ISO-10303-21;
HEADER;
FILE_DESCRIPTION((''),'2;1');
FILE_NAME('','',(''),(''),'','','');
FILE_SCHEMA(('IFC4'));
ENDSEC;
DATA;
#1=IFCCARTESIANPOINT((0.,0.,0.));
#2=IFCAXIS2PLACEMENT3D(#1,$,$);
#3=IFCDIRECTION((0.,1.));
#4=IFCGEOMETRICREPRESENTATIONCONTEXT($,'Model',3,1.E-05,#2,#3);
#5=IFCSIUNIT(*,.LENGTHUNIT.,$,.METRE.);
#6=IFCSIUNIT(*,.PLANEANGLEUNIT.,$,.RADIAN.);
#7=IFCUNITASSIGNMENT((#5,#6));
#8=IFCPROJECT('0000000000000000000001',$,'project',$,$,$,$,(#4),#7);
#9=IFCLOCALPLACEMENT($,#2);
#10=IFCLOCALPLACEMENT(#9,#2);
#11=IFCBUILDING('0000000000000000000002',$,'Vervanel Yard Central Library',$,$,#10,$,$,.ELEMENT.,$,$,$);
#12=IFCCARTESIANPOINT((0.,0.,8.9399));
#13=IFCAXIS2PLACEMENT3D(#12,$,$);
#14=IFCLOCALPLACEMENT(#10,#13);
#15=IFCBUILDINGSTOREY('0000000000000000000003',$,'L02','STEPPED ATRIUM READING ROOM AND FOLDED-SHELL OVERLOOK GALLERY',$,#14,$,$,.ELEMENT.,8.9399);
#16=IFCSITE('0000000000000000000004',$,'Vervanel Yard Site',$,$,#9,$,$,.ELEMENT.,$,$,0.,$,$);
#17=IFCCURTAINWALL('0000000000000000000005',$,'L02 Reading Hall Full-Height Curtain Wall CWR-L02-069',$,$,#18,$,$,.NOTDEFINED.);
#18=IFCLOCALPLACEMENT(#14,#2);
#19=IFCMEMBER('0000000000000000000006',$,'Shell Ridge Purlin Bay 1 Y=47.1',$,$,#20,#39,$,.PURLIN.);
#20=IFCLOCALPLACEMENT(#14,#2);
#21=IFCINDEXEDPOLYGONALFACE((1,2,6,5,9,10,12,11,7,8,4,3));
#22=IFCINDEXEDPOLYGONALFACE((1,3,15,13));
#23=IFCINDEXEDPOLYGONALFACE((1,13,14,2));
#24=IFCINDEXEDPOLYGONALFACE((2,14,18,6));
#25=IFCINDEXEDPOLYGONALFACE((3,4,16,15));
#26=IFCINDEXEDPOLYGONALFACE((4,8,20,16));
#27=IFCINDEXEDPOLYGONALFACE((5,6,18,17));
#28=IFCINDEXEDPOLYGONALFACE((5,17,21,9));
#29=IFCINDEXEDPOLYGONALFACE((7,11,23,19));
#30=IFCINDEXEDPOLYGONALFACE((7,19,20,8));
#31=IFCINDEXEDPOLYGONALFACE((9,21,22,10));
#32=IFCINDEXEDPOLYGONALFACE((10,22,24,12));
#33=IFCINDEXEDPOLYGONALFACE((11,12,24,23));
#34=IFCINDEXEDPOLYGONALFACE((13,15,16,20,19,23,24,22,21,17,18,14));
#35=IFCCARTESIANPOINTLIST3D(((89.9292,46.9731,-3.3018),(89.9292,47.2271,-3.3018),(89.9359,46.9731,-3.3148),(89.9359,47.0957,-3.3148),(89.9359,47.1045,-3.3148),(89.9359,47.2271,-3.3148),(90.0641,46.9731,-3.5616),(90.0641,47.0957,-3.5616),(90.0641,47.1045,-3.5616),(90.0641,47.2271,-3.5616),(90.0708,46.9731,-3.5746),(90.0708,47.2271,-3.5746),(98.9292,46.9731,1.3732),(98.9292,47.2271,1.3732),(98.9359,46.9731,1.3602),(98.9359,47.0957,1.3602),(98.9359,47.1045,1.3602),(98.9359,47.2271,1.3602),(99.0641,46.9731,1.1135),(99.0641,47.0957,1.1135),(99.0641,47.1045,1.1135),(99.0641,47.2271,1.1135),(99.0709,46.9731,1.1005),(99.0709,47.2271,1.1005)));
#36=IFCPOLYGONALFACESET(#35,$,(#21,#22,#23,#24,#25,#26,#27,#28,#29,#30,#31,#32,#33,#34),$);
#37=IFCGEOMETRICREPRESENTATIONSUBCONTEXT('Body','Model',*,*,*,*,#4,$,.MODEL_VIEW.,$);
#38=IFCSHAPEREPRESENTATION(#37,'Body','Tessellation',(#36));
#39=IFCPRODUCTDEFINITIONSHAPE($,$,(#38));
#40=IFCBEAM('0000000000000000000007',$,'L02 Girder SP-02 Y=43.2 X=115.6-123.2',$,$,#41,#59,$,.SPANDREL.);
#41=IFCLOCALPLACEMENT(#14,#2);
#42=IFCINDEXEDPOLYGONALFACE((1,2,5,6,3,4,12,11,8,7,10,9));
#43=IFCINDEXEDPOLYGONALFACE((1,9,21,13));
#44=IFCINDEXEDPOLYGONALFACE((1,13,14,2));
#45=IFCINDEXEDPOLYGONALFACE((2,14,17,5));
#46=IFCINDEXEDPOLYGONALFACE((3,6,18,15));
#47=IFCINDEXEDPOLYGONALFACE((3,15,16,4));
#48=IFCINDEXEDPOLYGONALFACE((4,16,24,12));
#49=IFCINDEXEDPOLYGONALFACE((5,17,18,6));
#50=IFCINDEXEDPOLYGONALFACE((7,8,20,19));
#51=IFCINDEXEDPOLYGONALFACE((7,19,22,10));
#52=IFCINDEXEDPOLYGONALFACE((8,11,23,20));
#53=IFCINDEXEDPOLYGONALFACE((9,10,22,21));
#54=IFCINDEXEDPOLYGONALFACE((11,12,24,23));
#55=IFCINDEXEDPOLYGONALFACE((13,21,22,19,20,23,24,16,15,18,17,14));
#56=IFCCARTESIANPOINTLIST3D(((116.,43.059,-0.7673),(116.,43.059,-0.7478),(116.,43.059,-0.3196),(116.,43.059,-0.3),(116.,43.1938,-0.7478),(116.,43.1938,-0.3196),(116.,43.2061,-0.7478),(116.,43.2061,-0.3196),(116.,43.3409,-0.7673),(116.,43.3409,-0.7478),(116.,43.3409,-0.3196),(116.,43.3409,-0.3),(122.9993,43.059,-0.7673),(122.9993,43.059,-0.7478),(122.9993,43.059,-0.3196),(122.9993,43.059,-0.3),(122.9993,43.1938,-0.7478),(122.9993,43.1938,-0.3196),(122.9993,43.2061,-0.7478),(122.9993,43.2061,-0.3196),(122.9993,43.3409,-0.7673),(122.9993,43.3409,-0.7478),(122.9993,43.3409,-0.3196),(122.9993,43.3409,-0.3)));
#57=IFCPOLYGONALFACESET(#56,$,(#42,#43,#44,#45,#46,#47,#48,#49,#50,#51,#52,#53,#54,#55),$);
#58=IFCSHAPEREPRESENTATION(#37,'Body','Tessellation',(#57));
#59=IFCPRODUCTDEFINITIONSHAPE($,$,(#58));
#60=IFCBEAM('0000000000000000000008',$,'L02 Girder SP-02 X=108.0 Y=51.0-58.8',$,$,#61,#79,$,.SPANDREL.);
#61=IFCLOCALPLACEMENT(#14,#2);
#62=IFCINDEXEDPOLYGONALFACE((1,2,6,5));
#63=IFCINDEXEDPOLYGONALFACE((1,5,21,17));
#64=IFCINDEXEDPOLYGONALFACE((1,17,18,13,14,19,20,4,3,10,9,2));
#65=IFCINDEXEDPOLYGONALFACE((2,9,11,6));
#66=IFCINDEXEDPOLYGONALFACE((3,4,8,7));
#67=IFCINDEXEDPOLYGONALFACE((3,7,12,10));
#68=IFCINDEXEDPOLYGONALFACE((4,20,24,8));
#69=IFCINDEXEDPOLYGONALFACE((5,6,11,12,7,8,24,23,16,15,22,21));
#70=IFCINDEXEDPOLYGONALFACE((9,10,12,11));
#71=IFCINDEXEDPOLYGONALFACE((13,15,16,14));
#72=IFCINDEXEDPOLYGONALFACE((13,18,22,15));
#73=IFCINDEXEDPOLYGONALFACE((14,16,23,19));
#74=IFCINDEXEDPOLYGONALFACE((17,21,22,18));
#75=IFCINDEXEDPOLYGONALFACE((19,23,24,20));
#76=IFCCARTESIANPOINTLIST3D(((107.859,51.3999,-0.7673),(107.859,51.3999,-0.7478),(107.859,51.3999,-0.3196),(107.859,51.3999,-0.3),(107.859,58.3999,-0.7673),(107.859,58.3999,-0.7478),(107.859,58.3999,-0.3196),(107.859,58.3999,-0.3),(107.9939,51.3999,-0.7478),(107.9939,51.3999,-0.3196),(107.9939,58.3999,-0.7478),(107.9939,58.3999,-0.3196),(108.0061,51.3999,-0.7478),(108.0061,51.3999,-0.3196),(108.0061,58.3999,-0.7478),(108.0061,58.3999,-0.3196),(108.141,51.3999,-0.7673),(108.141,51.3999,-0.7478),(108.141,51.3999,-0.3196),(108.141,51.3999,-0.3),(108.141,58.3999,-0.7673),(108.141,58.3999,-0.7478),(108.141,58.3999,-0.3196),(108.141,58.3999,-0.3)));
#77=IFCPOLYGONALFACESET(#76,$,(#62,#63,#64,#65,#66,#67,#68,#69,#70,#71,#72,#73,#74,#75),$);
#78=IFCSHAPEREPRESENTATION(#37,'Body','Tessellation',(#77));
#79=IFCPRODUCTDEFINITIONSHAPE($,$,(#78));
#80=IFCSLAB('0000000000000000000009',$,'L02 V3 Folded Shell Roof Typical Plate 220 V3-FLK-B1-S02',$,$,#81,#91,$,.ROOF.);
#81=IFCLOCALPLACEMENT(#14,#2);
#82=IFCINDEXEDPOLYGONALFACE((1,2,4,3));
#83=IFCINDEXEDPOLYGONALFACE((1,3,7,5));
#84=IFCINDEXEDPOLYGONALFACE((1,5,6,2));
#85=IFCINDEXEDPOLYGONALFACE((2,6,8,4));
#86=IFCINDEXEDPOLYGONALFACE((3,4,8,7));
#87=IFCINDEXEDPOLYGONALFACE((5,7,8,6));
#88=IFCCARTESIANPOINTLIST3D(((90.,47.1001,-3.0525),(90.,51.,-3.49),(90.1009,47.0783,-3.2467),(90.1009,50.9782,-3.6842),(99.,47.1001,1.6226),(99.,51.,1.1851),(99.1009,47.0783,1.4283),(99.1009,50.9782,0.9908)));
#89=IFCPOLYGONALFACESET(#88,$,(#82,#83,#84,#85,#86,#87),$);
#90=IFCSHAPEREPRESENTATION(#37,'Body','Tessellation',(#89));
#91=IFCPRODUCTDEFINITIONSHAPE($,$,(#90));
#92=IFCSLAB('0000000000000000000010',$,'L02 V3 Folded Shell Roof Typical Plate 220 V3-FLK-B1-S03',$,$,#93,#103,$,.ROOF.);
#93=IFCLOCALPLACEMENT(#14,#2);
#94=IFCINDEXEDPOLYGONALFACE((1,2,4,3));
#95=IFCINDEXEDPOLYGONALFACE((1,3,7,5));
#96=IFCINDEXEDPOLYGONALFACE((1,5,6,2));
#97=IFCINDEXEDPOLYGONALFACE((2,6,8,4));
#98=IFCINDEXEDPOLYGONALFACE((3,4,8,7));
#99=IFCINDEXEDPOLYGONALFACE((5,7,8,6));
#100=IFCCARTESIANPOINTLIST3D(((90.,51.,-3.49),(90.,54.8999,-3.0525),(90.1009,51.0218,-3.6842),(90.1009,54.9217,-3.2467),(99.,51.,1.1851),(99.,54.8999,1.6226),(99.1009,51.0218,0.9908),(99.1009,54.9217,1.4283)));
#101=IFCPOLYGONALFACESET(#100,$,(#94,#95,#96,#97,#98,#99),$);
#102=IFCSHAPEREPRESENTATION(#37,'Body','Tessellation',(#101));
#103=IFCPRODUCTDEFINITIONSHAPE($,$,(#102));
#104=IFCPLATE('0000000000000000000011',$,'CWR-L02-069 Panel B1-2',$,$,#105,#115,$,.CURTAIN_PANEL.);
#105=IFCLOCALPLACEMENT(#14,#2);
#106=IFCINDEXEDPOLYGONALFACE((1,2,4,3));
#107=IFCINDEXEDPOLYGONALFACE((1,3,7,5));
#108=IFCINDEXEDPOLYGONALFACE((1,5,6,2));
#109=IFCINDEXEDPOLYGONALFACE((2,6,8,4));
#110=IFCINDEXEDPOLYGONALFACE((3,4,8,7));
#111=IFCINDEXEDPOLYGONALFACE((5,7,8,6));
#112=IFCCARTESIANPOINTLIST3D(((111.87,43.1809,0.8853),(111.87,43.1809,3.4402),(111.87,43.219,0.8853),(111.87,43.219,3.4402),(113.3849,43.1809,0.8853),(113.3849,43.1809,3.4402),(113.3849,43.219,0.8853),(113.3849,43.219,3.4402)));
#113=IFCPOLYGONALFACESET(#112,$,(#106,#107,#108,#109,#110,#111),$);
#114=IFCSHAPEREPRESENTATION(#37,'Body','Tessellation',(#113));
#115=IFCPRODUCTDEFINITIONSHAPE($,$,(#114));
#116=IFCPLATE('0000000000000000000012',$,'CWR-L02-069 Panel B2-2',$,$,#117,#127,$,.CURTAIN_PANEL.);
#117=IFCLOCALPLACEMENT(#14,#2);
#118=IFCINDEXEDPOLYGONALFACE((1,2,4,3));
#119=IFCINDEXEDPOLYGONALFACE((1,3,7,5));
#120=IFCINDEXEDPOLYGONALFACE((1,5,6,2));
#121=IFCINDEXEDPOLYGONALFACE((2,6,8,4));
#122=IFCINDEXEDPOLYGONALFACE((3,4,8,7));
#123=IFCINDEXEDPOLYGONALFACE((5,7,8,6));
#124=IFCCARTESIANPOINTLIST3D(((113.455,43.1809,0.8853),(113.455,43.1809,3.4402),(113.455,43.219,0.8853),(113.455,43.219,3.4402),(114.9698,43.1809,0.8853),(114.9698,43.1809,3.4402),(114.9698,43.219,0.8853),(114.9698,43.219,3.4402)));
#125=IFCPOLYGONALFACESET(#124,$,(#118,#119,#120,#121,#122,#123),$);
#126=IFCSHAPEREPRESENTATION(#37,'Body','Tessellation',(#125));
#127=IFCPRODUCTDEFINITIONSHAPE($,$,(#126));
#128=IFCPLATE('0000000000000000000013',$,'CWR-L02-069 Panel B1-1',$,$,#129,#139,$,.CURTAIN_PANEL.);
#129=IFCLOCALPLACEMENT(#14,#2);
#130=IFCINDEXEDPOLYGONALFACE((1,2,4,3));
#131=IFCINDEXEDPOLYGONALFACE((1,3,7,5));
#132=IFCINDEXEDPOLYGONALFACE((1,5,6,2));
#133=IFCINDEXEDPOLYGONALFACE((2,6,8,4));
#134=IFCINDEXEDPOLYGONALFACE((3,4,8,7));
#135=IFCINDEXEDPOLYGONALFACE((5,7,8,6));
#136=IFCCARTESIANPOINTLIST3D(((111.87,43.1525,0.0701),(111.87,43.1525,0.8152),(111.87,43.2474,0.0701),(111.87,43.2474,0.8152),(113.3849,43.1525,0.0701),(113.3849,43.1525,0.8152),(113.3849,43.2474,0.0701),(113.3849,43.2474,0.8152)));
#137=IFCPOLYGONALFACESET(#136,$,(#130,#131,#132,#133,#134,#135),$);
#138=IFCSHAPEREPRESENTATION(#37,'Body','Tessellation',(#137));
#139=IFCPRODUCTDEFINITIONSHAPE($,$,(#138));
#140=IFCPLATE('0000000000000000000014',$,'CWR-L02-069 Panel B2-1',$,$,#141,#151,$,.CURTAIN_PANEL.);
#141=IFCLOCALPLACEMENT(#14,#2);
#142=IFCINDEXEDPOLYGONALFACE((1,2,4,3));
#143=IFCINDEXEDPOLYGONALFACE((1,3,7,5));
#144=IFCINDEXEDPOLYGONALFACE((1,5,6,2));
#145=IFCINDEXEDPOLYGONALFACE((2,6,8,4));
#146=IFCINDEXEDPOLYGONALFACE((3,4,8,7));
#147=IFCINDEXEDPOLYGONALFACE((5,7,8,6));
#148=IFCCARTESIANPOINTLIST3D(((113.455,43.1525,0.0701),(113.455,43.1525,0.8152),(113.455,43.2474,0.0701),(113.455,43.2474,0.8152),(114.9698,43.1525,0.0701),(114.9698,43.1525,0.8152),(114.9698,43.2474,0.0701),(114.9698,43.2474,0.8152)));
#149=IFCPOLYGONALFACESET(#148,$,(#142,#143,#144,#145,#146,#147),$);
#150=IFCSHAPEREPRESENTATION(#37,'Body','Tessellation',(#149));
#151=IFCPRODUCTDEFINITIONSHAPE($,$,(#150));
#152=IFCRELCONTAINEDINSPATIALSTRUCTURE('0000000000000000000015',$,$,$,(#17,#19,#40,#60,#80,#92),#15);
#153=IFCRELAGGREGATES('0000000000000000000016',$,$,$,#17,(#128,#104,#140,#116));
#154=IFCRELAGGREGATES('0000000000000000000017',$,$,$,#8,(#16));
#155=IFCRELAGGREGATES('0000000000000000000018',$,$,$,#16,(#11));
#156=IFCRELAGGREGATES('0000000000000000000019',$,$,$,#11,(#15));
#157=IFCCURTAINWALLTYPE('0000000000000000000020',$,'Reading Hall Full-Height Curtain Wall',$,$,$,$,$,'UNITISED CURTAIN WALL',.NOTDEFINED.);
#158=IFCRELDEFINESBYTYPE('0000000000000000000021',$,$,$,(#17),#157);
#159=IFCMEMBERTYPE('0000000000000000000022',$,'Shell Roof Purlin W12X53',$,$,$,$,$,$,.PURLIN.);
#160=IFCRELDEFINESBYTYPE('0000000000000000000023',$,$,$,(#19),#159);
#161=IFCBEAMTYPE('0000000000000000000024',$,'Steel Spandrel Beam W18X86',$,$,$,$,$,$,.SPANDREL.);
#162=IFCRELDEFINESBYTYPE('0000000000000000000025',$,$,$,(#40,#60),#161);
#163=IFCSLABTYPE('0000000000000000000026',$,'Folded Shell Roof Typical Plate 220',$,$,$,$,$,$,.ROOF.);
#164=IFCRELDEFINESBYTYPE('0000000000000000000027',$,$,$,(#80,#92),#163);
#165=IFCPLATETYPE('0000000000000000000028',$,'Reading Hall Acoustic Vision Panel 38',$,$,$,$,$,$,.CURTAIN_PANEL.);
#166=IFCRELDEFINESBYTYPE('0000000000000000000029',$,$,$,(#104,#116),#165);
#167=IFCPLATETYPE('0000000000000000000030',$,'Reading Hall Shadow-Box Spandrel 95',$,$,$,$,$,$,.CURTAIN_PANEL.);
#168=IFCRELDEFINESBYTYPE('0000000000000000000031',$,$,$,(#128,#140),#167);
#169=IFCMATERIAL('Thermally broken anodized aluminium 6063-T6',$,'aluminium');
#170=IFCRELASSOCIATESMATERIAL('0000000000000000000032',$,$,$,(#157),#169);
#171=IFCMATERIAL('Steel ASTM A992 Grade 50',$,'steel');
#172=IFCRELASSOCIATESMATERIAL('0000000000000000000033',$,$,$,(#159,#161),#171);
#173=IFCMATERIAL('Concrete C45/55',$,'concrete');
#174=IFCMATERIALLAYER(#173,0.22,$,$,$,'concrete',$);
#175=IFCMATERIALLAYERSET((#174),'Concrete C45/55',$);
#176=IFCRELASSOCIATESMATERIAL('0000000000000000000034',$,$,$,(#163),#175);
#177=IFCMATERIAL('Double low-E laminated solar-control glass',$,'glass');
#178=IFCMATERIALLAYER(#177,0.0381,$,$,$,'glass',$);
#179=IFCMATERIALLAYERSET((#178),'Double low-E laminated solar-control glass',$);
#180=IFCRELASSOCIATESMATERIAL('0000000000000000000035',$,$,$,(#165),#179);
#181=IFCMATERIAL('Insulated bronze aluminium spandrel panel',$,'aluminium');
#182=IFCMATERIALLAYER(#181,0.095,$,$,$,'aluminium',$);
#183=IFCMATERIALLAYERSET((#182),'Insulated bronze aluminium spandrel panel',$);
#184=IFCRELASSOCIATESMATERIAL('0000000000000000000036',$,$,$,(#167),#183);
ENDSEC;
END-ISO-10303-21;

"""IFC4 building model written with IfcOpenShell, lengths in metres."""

from ifc_helpers import new_model, si_unit, direction, frame, origin, origin_2d, place, context, subcontext, project, spatial, polyline, rectangle, i_section, outline, extrude, material, layer, layer_set, material_profile, profile_set, type_object, element, aggregate, save


model = new_model("IFC4")

# Units and contexts
model_context = context("Model", 3, precision=1e-05, world=origin(), true_north=direction((0.0, 1.0)))
body_context = subcontext(model_context, "Body", "Model", "MODEL_VIEW")
ifc_project = project(units=[si_unit("LENGTHUNIT", "METRE"), si_unit("PLANEANGLEUNIT", "RADIAN")], contexts=[model_context])

# Site, building, storey
site_placement = place(None, origin())
site = spatial("IfcSite", under=ifc_project, at=site_placement, Name="Vervanel Yard Site", CompositionType="ELEMENT", RefElevation=0.0)
building_placement = place(site_placement, origin())
building = spatial("IfcBuilding", under=site, at=building_placement, Name="Vervanel Yard Central Library", CompositionType="ELEMENT")
storey_placement = place(building_placement, frame((0.0, 0.0, 8.9399)))
storey = spatial("IfcBuildingStorey", under=building, at=storey_placement, Name="L02", Description="STEPPED ATRIUM READING ROOM AND FOLDED-SHELL OVERLOOK GALLERY", CompositionType="ELEMENT", Elevation=8.9399)

# Shared definitions
ifc_material_1 = material(Name="Concrete C45/55", Category="concrete")

# Shared definitions
ifc_material_2 = material(Name="Thermally broken anodized aluminium 6063-T6", Category="aluminium")
curtain_wall_type = type_object("IfcCurtainWallType", Name="Reading Hall Full-Height Curtain Wall", ElementType="UNITISED CURTAIN WALL", PredefinedType="NOTDEFINED", material=ifc_material_2)

# Curtain wall
curtain_wall_1_placement = place(storey_placement, origin())
curtain_wall_1 = element("IfcCurtainWall", 1, at=curtain_wall_1_placement, inside=storey, type_object=curtain_wall_type, Name="L02 Reading Hall Full-Height Curtain Wall CWR-L02-069", PredefinedType="NOTDEFINED")

# Member
ifc_material_3 = material(Name="Steel ASTM A992 Grade 50", Category="steel")
ifc_material_profile_1 = material_profile(ifc_material_3, i_section(OverallWidth=0.2539, OverallDepth=0.3074, WebThickness=0.0088, FlangeThickness=0.0146, at=origin_2d()), Name="W12X53", Category="steel")
ifc_profile_set_1 = profile_set([ifc_material_profile_1], Name="Steel ASTM A992 Grade 50")
member_type_1 = type_object("IfcMemberType", Name="Shell Roof Purlin W12X53", PredefinedType="PURLIN", material=ifc_profile_set_1)
member_1_placement = place(storey_placement, frame((90.0, 47.1001, -3.4382), z_axis=(0.887417, 0.0, 0.460968), x_axis=(0.0, 1.0, 0.0)))
element("IfcMember", 2, at=member_1_placement, inside=storey, type_object=member_type_1, Name="Shell Ridge Purlin Bay 1 Y=47.1", PredefinedType="PURLIN", context=body_context, shape_type="SweptSolid", body=[
    extrude(i_section(OverallWidth=0.2539, OverallDepth=0.3074, WebThickness=0.0088, FlangeThickness=0.0146, at=origin_2d()), origin(), (0.0, 0.0, 1.0), 10.1418),
])

# Beams
ifc_material_profile_2 = material_profile(ifc_material_3, i_section(OverallWidth=0.282, OverallDepth=0.4673, WebThickness=0.0122, FlangeThickness=0.0195, at=origin_2d()), Name="W18X86", Category="steel")
ifc_profile_set_2 = profile_set([ifc_material_profile_2], Name="Steel ASTM A992 Grade 50")
beam_type_1 = type_object("IfcBeamType", Name="Steel Spandrel Beam W18X86", PredefinedType="SPANDREL", material=ifc_profile_set_2)
beam_1_placement = place(storey_placement, frame((116.0, 43.2, -0.5337), z_axis=(1.0, 0.0, 0.0), x_axis=(0.0, 1.0, 0.0)))
element("IfcBeam", 3, at=beam_1_placement, inside=storey, type_object=beam_type_1, Name="L02 Girder SP-02 Y=43.2 X=115.6-123.2", PredefinedType="SPANDREL", context=body_context, shape_type="SweptSolid", body=[
    extrude(i_section(OverallWidth=0.282, OverallDepth=0.4673, WebThickness=0.0122, FlangeThickness=0.0195, at=origin_2d()), origin(), (0.0, 0.0, 1.0), 6.9993),
])
beam_2_placement = place(storey_placement, frame((108.0, 51.3999, -0.5337), z_axis=(0.0, 1.0, 0.0), x_axis=(-1.0, 0.0, 0.0)))
element("IfcBeam", 4, at=beam_2_placement, inside=storey, type_object=beam_type_1, Name="L02 Girder SP-02 X=108.0 Y=51.0-58.8", PredefinedType="SPANDREL", context=body_context, shape_type="SweptSolid", body=[
    extrude(i_section(OverallWidth=0.282, OverallDepth=0.4673, WebThickness=0.0122, FlangeThickness=0.0195, at=origin_2d()), origin(), (0.0, 0.0, 1.0), 7.0),
])

# Slabs
ifc_layer_1 = layer(ifc_material_1, 0.22, Category="concrete")
ifc_layer_set_1 = layer_set([ifc_layer_1], Name="Concrete C45/55")
slab_type = type_object("IfcSlabType", Name="Folded Shell Roof Typical Plate 220", PredefinedType="ROOF", material=ifc_layer_set_1)
slab_1_placement = place(storey_placement, frame((90.0, 47.1001, -3.0525), z_axis=(-0.458701, 0.099063, 0.883052), x_axis=(0.887417, 0.0, 0.460968)))
element("IfcSlab", 5, at=slab_1_placement, inside=storey, type_object=slab_type, Name="L02 V3 Folded Shell Roof Typical Plate 220 V3-FLK-B1-S02", PredefinedType="ROOF", context=body_context, shape_type="SweptSolid", body=[
    extrude(outline(polyline([(0.0, 0.0), (10.1418, 0.0), (9.9401, 3.9192), (-0.2017, 3.9192), (0.0, 0.0)])), origin(), (0.0, 0.0, -1.0), 0.22),
])
slab_2_placement = place(storey_placement, frame((90.0, 51.0, -3.49), z_axis=(-0.458701, -0.099063, 0.883052), x_axis=(0.887417, 0.0, 0.460968)))
element("IfcSlab", 6, at=slab_2_placement, inside=storey, type_object=slab_type, Name="L02 V3 Folded Shell Roof Typical Plate 220 V3-FLK-B1-S03", PredefinedType="ROOF", context=body_context, shape_type="SweptSolid", body=[
    extrude(outline(polyline([(0.0, 0.0), (10.1418, 0.0), (10.3435, 3.9192), (0.2017, 3.9192), (0.0, 0.0)])), origin(), (0.0, 0.0, -1.0), 0.22),
])

# Plates
ifc_material_4 = material(Name="Double low-E laminated solar-control glass", Category="glass")
ifc_layer_2 = layer(ifc_material_4, 0.0381, Category="glass")
ifc_layer_set_2 = layer_set([ifc_layer_2], Name="Double low-E laminated solar-control glass")
plate_type_1 = type_object("IfcPlateType", Name="Reading Hall Acoustic Vision Panel 38", PredefinedType="CURTAIN_PANEL", material=ifc_layer_set_2)
plate_1_placement = place(storey_placement, frame((112.6274, 43.2, 0.8853), z_axis=(0.0, 0.0, 1.0), x_axis=(1.0, 0.0, 0.0)))
plate_1 = element("IfcPlate", 7, at=plate_1_placement, type_object=plate_type_1, Name="CWR-L02-069 Panel B1-2", PredefinedType="CURTAIN_PANEL", context=body_context, shape_type="SweptSolid", body=[
    extrude(rectangle(XDim=1.5149, YDim=0.0381, at=origin_2d()), origin(), (0.0, 0.0, 1.0), 2.5549),
])
plate_2_placement = place(storey_placement, frame((114.2124, 43.2, 0.8853), z_axis=(0.0, 0.0, 1.0), x_axis=(1.0, 0.0, 0.0)))
plate_2 = element("IfcPlate", 8, at=plate_2_placement, type_object=plate_type_1, Name="CWR-L02-069 Panel B2-2", PredefinedType="CURTAIN_PANEL", context=body_context, shape_type="SweptSolid", body=[
    extrude(rectangle(XDim=1.5149, YDim=0.0381, at=origin_2d()), origin(), (0.0, 0.0, 1.0), 2.5549),
])
ifc_material_5 = material(Name="Insulated bronze aluminium spandrel panel", Category="aluminium")
ifc_layer_3 = layer(ifc_material_5, 0.095, Category="aluminium")
ifc_layer_set_3 = layer_set([ifc_layer_3], Name="Insulated bronze aluminium spandrel panel")
plate_type_2 = type_object("IfcPlateType", Name="Reading Hall Shadow-Box Spandrel 95", PredefinedType="CURTAIN_PANEL", material=ifc_layer_set_3)
plate_3_placement = place(storey_placement, frame((112.6274, 43.2, 0.0701), z_axis=(0.0, 0.0, 1.0), x_axis=(1.0, 0.0, 0.0)))
plate_3 = element("IfcPlate", 9, at=plate_3_placement, type_object=plate_type_2, Name="CWR-L02-069 Panel B1-1", PredefinedType="CURTAIN_PANEL", context=body_context, shape_type="SweptSolid", body=[
    extrude(rectangle(XDim=1.5149, YDim=0.095, at=origin_2d()), origin(), (0.0, 0.0, 1.0), 0.7451),
])
plate_4_placement = place(storey_placement, frame((114.2124, 43.2, 0.0701), z_axis=(0.0, 0.0, 1.0), x_axis=(1.0, 0.0, 0.0)))
plate_4 = element("IfcPlate", 10, at=plate_4_placement, type_object=plate_type_2, Name="CWR-L02-069 Panel B2-1", PredefinedType="CURTAIN_PANEL", context=body_context, shape_type="SweptSolid", body=[
    extrude(rectangle(XDim=1.5149, YDim=0.095, at=origin_2d()), origin(), (0.0, 0.0, 1.0), 0.7451),
])
aggregate(curtain_wall_1, [plate_3, plate_1, plate_4, plate_2])

save(model, "model.ifc")
